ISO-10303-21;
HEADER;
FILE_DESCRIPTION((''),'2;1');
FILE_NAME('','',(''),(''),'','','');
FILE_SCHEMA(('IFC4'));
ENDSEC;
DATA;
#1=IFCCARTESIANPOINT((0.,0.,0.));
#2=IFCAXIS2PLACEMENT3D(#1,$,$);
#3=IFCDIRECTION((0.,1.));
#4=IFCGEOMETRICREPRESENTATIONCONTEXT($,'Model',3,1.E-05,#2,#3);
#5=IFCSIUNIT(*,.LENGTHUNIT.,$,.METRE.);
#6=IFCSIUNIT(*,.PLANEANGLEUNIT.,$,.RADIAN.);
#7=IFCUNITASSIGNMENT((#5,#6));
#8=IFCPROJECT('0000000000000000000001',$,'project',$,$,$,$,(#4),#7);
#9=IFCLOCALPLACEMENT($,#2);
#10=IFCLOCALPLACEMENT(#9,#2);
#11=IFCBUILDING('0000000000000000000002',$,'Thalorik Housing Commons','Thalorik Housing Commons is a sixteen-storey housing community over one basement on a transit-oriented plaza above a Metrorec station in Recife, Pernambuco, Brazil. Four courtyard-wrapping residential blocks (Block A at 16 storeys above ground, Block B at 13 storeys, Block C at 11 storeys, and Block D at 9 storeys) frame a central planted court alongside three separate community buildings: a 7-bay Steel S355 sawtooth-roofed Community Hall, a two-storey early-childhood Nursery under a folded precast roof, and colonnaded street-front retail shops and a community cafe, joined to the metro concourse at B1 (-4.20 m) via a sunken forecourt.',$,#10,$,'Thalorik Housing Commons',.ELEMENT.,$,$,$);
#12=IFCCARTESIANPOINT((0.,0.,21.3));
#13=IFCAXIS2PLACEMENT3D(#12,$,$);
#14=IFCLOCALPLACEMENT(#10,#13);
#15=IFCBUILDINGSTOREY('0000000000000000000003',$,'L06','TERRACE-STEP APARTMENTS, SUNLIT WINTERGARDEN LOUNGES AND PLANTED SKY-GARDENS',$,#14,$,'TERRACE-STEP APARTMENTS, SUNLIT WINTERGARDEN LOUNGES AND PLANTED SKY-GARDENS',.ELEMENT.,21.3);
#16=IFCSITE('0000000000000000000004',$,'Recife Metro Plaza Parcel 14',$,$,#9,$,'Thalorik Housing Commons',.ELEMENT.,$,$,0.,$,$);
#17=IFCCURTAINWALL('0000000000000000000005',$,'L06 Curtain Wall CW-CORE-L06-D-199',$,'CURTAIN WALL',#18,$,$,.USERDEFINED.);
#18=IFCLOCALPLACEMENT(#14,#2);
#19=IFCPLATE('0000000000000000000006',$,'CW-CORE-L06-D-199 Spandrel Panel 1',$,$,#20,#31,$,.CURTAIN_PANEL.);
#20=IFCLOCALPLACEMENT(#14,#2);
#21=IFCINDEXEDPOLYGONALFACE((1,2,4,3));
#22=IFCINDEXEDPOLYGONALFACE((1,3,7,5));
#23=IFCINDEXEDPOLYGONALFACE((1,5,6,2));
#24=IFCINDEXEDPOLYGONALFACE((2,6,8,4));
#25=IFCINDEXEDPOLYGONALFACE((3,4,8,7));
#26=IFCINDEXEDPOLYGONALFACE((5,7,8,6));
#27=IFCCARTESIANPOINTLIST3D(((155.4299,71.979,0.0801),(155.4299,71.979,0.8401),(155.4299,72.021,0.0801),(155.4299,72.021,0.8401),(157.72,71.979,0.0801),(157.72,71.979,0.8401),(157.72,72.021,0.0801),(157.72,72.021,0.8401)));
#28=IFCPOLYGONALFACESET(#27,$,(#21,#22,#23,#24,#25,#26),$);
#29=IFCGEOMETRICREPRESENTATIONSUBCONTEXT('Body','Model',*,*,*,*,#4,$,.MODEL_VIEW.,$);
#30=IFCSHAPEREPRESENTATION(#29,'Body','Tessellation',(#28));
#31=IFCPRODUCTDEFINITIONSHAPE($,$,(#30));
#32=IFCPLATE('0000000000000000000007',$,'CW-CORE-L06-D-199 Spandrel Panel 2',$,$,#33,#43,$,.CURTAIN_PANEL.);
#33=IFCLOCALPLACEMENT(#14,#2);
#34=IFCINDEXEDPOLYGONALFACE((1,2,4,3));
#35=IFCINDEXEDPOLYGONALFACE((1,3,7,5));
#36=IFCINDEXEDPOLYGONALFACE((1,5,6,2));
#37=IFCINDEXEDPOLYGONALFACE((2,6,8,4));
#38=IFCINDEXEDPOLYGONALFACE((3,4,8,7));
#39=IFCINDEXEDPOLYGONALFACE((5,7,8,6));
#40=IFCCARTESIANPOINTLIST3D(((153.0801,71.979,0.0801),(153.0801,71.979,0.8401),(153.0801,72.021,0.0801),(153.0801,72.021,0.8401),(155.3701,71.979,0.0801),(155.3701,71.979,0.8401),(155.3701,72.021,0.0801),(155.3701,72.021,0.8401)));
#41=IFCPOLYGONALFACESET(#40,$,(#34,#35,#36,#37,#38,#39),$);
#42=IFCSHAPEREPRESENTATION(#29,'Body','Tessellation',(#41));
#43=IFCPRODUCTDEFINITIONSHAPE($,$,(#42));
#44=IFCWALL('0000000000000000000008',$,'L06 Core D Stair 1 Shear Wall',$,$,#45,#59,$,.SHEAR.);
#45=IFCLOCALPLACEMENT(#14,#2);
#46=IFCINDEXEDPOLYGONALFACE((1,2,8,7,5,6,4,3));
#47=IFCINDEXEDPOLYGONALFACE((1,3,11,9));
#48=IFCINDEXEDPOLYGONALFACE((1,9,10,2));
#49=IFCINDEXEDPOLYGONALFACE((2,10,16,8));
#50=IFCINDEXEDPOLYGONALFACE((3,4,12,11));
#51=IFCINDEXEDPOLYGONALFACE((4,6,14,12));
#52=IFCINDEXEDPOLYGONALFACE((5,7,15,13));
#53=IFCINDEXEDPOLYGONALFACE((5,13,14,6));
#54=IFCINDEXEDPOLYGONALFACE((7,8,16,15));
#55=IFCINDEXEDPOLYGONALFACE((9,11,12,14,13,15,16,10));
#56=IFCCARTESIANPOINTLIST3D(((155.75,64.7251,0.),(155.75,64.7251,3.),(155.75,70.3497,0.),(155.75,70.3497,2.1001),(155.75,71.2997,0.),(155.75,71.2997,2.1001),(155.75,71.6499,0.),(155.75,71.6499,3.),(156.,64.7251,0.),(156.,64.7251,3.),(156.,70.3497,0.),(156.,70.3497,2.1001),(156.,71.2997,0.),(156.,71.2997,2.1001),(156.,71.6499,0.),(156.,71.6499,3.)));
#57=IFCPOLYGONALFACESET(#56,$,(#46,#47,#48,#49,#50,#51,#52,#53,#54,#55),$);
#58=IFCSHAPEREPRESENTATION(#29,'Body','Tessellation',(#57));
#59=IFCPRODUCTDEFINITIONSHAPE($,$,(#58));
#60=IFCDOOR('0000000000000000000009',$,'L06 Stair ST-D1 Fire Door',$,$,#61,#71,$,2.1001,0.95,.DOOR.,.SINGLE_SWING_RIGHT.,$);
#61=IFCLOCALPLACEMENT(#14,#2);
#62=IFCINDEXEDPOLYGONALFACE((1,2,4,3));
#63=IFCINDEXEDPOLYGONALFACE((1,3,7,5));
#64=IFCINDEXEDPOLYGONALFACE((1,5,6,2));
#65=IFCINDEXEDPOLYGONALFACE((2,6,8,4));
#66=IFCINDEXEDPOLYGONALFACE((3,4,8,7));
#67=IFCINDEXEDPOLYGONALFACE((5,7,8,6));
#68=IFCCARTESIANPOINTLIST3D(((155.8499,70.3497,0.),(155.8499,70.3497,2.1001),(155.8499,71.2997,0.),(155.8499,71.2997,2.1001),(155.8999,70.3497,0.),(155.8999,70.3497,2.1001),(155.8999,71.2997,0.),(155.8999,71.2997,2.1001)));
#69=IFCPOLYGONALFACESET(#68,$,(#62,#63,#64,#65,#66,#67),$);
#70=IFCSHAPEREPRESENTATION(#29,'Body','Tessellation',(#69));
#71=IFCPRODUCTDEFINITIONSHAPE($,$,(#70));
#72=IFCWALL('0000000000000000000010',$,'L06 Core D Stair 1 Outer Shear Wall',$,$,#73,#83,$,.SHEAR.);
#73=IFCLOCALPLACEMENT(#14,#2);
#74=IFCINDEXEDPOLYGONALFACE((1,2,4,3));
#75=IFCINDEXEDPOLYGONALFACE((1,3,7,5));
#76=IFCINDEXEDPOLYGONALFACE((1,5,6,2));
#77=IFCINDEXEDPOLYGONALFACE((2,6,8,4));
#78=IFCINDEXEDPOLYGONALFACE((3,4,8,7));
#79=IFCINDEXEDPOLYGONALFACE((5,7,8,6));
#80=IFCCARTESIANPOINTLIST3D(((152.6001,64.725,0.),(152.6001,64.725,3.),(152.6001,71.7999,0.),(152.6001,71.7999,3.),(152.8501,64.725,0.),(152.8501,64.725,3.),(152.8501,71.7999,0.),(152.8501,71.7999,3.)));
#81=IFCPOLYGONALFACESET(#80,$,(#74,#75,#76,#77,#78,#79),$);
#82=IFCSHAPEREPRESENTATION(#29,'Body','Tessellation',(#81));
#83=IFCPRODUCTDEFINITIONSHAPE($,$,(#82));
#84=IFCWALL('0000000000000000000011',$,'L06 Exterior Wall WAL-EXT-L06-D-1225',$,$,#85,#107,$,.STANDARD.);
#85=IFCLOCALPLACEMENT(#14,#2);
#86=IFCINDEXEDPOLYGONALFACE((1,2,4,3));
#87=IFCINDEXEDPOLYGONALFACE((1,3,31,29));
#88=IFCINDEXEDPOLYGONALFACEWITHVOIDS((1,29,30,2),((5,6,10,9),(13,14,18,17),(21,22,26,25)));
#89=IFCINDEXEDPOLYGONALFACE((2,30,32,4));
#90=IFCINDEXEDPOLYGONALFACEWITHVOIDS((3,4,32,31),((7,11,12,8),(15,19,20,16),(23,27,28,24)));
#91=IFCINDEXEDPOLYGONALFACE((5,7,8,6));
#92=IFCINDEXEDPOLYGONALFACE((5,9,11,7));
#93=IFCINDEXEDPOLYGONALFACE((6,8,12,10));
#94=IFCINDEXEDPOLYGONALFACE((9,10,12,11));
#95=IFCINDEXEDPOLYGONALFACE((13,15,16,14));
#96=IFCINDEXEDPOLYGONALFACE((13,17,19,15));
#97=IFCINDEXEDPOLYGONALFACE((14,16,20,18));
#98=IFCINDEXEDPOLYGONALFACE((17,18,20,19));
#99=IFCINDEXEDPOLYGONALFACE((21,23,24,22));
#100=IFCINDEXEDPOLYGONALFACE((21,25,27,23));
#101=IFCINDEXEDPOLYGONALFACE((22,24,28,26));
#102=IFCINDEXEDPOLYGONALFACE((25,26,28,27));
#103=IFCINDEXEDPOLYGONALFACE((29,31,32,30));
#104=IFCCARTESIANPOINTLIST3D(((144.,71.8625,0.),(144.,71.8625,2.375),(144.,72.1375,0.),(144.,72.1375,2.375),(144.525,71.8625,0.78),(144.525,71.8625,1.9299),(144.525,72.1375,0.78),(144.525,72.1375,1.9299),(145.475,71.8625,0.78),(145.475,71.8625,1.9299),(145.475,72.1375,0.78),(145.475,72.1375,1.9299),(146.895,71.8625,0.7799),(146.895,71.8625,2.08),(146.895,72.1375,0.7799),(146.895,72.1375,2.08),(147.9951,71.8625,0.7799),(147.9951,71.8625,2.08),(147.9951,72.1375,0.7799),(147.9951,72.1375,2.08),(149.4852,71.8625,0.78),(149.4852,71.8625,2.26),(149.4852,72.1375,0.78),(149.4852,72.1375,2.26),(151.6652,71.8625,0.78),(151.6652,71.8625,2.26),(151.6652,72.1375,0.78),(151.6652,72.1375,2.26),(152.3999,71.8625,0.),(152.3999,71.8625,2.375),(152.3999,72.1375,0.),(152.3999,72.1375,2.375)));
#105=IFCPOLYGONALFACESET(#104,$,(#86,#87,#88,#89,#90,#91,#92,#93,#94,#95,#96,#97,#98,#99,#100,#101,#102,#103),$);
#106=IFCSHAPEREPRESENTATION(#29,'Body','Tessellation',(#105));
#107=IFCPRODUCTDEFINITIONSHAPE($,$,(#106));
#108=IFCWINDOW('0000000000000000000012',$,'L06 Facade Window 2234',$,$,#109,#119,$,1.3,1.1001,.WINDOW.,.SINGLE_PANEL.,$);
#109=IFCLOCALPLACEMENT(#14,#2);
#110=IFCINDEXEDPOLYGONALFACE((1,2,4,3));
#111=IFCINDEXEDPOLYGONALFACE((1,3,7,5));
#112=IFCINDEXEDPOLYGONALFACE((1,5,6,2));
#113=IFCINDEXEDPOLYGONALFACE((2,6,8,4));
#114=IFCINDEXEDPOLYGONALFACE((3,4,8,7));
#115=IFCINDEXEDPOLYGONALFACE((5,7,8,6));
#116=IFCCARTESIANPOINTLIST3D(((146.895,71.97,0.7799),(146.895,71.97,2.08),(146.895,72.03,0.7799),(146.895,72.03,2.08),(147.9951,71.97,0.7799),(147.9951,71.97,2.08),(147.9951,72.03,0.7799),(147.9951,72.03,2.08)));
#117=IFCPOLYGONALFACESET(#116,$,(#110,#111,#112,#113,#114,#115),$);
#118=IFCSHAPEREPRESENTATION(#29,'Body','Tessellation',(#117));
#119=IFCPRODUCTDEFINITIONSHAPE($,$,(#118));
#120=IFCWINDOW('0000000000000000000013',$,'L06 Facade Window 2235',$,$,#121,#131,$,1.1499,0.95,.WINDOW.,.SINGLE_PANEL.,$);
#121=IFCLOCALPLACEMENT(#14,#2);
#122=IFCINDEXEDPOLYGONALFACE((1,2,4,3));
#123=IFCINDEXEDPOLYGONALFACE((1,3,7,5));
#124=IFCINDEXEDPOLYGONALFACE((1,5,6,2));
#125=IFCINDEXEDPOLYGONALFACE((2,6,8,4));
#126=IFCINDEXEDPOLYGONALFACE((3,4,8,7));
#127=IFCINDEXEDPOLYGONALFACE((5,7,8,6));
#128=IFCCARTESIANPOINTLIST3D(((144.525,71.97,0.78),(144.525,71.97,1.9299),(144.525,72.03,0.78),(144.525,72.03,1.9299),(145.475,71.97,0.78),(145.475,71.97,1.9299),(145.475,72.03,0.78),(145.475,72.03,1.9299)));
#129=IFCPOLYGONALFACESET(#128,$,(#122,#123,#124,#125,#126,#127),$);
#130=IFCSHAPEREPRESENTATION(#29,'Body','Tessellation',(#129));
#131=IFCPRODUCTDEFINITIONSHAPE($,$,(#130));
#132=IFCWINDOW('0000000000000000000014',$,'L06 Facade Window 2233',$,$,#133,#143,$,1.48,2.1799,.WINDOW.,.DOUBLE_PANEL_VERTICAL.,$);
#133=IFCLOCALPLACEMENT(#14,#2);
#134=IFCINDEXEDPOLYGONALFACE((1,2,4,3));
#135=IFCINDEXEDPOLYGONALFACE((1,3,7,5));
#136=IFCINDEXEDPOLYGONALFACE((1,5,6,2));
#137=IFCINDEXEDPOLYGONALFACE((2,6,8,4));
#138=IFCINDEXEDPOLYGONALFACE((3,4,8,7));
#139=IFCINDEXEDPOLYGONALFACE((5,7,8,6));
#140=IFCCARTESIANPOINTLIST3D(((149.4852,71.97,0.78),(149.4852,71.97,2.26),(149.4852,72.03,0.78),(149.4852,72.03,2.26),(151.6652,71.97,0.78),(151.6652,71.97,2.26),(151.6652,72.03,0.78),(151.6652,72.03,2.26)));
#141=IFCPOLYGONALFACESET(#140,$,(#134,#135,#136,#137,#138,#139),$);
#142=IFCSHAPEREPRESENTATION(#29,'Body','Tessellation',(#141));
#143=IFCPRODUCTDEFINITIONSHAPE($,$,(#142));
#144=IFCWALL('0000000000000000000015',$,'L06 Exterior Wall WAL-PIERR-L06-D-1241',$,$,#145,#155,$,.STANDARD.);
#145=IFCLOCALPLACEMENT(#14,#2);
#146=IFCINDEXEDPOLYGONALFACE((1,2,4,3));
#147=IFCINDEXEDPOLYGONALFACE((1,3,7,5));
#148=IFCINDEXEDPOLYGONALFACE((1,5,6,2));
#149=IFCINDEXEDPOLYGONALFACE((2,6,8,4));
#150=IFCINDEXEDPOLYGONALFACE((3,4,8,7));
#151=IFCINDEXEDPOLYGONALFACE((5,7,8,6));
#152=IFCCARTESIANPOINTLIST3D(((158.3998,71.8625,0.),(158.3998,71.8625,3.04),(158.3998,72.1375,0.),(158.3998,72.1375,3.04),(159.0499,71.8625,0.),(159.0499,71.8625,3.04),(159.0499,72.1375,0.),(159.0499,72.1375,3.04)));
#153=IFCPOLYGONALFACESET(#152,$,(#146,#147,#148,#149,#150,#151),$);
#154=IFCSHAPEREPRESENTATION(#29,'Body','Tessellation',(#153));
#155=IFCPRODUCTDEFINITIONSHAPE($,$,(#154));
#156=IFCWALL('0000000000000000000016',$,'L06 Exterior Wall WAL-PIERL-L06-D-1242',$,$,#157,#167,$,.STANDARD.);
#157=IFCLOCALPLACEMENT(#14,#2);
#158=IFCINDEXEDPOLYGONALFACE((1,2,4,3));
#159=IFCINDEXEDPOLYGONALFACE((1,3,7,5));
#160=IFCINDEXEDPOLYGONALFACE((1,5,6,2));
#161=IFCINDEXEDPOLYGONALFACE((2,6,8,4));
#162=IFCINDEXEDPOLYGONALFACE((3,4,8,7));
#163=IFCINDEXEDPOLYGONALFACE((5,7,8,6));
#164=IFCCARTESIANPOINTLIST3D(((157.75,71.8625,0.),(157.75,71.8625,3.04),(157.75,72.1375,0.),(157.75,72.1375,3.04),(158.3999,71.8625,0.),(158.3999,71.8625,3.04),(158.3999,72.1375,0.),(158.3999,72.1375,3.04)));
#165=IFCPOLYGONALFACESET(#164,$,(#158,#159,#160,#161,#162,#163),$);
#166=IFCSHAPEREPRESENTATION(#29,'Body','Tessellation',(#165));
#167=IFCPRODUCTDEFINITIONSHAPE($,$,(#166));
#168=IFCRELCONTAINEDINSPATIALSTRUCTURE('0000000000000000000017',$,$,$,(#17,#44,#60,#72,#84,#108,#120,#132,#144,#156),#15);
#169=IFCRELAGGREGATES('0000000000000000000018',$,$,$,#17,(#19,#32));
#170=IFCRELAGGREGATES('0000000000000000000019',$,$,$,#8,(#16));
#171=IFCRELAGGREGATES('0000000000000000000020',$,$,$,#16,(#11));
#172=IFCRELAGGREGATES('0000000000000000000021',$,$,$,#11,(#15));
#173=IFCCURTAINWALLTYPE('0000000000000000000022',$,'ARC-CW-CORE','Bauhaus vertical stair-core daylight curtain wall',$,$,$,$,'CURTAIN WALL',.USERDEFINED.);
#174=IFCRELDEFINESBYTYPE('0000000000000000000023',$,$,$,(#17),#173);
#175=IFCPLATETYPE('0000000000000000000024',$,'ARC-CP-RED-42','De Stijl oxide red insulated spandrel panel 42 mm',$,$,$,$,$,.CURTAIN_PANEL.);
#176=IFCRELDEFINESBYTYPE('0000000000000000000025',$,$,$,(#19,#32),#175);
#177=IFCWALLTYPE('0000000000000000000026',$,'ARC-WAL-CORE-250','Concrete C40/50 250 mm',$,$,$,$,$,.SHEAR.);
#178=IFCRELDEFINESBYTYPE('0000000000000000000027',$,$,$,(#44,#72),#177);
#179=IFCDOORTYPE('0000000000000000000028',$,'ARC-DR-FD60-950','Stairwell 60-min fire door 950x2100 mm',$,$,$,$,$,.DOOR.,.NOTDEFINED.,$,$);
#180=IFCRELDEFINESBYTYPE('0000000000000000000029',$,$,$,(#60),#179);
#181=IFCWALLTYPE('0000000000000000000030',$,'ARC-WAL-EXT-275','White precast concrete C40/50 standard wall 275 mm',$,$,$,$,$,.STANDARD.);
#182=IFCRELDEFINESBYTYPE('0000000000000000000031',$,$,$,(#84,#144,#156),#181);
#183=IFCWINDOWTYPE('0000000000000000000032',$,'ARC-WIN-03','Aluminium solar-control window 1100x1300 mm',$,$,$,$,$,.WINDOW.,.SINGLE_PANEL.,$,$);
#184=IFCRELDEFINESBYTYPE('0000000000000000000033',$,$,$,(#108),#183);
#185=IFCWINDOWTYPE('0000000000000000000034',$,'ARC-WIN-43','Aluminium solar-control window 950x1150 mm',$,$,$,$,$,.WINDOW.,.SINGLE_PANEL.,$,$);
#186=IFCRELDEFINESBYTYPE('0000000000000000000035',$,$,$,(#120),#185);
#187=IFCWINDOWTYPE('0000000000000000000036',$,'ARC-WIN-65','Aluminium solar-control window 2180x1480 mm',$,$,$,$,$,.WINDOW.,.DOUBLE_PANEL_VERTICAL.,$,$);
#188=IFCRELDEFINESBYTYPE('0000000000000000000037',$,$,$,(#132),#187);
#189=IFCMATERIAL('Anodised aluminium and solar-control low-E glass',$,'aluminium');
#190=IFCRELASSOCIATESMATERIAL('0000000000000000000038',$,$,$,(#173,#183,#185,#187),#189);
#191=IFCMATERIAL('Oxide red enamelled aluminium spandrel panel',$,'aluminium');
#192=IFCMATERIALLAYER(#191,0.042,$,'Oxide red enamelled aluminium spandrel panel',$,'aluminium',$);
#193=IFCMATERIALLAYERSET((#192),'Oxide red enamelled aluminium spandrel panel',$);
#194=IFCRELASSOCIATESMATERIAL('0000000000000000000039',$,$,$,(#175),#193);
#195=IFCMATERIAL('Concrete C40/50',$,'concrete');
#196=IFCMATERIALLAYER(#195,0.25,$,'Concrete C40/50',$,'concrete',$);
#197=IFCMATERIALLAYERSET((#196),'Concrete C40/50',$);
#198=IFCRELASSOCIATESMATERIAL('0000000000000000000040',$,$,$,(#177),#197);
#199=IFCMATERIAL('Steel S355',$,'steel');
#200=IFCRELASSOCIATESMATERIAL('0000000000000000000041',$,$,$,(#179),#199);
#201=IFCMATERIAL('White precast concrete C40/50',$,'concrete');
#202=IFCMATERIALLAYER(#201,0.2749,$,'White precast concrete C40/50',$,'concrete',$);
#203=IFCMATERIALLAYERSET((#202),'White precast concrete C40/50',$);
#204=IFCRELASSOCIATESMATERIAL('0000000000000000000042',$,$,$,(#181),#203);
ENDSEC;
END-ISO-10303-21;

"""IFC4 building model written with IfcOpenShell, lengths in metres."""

from ifc_helpers import new_model, si_unit, direction, frame, frame_2d, origin, origin_2d, place, context, subcontext, project, spatial, rectangle, extrude, material, layer, layer_set, type_object, element, fill, aggregate, save


model = new_model("IFC4")

# Units and contexts
model_context = context("Model", 3, precision=1e-05, world=origin(), true_north=direction((0.0, 1.0)))
body_context = subcontext(model_context, "Body", "Model", "MODEL_VIEW")
ifc_project = project(units=[si_unit("LENGTHUNIT", "METRE"), si_unit("PLANEANGLEUNIT", "RADIAN")], contexts=[model_context])

# Site, building, storey
site_placement = place(None, origin())
site = spatial("IfcSite", under=ifc_project, at=site_placement, Name="Recife Metro Plaza Parcel 14", LongName="Thalorik Housing Commons", CompositionType="ELEMENT", RefElevation=0.0)
building_placement = place(site_placement, origin())
building = spatial("IfcBuilding", under=site, at=building_placement, Name="Thalorik Housing Commons", Description="Thalorik Housing Commons is a sixteen-storey housing community over one basement on a transit-oriented plaza above a Metrorec station in Recife, Pernambuco, Brazil. Four courtyard-wrapping residential blocks (Block A at 16 storeys above ground, Block B at 13 storeys, Block C at 11 storeys, and Block D at 9 storeys) frame a central planted court alongside three separate community buildings: a 7-bay Steel S355 sawtooth-roofed Community Hall, a two-storey early-childhood Nursery under a folded precast roof, and colonnaded street-front retail shops and a community cafe, joined to the metro concourse at B1 (-4.20 m) via a sunken forecourt.", LongName="Thalorik Housing Commons", CompositionType="ELEMENT")
storey_placement = place(building_placement, frame((0.0, 0.0, 21.3)))
storey = spatial("IfcBuildingStorey", under=building, at=storey_placement, Name="L06", Description="TERRACE-STEP APARTMENTS, SUNLIT WINTERGARDEN LOUNGES AND PLANTED SKY-GARDENS", LongName="TERRACE-STEP APARTMENTS, SUNLIT WINTERGARDEN LOUNGES AND PLANTED SKY-GARDENS", CompositionType="ELEMENT", Elevation=21.3)

# Shared definitions
ifc_material_1 = material(Name="Anodised aluminium and solar-control low-E glass", Category="aluminium")
curtain_wall_type = type_object("IfcCurtainWallType", Name="ARC-CW-CORE", Description="Bauhaus vertical stair-core daylight curtain wall", ElementType="CURTAIN WALL", PredefinedType="USERDEFINED", material=ifc_material_1)

# Curtain wall
curtain_wall_1_placement = place(storey_placement, origin())
curtain_wall_1 = element("IfcCurtainWall", 1, at=curtain_wall_1_placement, inside=storey, type_object=curtain_wall_type, Name="L06 Curtain Wall CW-CORE-L06-D-199", ObjectType="CURTAIN WALL", PredefinedType="USERDEFINED")

# Plates
ifc_material_2 = material(Name="Oxide red enamelled aluminium spandrel panel", Category="aluminium")
ifc_layer_1 = layer(ifc_material_2, 0.042, Name="Oxide red enamelled aluminium spandrel panel", Category="aluminium")
ifc_layer_set_1 = layer_set([ifc_layer_1], Name="Oxide red enamelled aluminium spandrel panel")
plate_type_1 = type_object("IfcPlateType", Name="ARC-CP-RED-42", Description="De Stijl oxide red insulated spandrel panel 42 mm", PredefinedType="CURTAIN_PANEL", material=ifc_layer_set_1)
plate_1_placement = place(storey_placement, frame((156.575, 72.0, 0.0801), z_axis=(0.0, 0.0, 1.0), x_axis=(-1.0, 0.0, 0.0)))
plate_1 = element("IfcPlate", 2, at=plate_1_placement, type_object=plate_type_1, Name="CW-CORE-L06-D-199 Spandrel Panel 1", PredefinedType="CURTAIN_PANEL", context=body_context, shape_type="SweptSolid", body=[
    extrude(rectangle(XDim=2.29, YDim=0.042, at=origin_2d()), origin(), (0.0, 0.0, 1.0), 0.76),
])
plate_2_placement = place(storey_placement, frame((154.2251, 72.0, 0.0801), z_axis=(0.0, 0.0, 1.0), x_axis=(-1.0, 0.0, 0.0)))
plate_2 = element("IfcPlate", 3, at=plate_2_placement, type_object=plate_type_1, Name="CW-CORE-L06-D-199 Spandrel Panel 2", PredefinedType="CURTAIN_PANEL", context=body_context, shape_type="SweptSolid", body=[
    extrude(rectangle(XDim=2.29, YDim=0.042, at=origin_2d()), origin(), (0.0, 0.0, 1.0), 0.76),
])
aggregate(curtain_wall_1, [plate_1, plate_2])

# Wall, opening, door
ifc_material_3 = material(Name="Concrete C40/50", Category="concrete")
ifc_layer_2 = layer(ifc_material_3, 0.25, Name="Concrete C40/50", Category="concrete")
ifc_layer_set_2 = layer_set([ifc_layer_2], Name="Concrete C40/50")
wall_type_1 = type_object("IfcWallType", Name="ARC-WAL-CORE-250", Description="Concrete C40/50 250 mm", PredefinedType="SHEAR", material=ifc_layer_set_2)
wall_1_placement = place(storey_placement, frame((155.875, 71.6499, 0.0), z_axis=(0.0, 0.0, 1.0), x_axis=(0.0, -1.0, 0.0)))
wall_1 = element("IfcWall", 4, at=wall_1_placement, inside=storey, type_object=wall_type_1, Name="L06 Core D Stair 1 Shear Wall", PredefinedType="SHEAR", context=body_context, shape_type="SweptSolid", body=[
    extrude(rectangle(XDim=6.9248, YDim=0.25, at=frame_2d((3.4624, 0.0))), origin(), (0.0, 0.0, 1.0), 3.0),
])
opening_1_placement = place(wall_1_placement, frame((0.3501, 0.0, 0.0)))
opening_1 = element("IfcOpeningElement", 5, at=opening_1_placement, cuts=wall_1, PredefinedType="OPENING", context=body_context, shape_type="SweptSolid", body=[
    extrude(rectangle(XDim=0.95, YDim=2.1001, at=frame_2d((0.4751, 1.05))), frame((0.0, 0.135, 0.0), z_axis=(0.0, -1.0, 0.0), x_axis=(1.0, 0.0, 0.0)), (0.0, 0.0, 1.0), 0.27),
])
ifc_material_4 = material(Name="Steel S355", Category="steel")
door_type = type_object("IfcDoorType", Name="ARC-DR-FD60-950", Description="Stairwell 60-min fire door 950x2100 mm", OperationType="NOTDEFINED", PredefinedType="DOOR", material=ifc_material_4)
door_placement = place(opening_1_placement, origin())
door = element("IfcDoor", 6, at=door_placement, inside=storey, type_object=door_type, Name="L06 Stair ST-D1 Fire Door", OperationType="SINGLE_SWING_RIGHT", OverallHeight=2.1001, OverallWidth=0.95, PredefinedType="DOOR", context=body_context, shape_type="SweptSolid", body=[
    extrude(rectangle(XDim=0.95, YDim=2.1001, at=frame_2d((0.4751, 1.05))), frame((0.0, 0.0249, 0.0), z_axis=(0.0, -1.0, 0.0), x_axis=(1.0, 0.0, 0.0)), (0.0, 0.0, 1.0), 0.05),
])
fill(opening_1, door)

# Wall
wall_2_placement = place(storey_placement, frame((152.7251, 71.8, 0.0), z_axis=(0.0, 0.0, 1.0), x_axis=(0.0, -1.0, 0.0)))
element("IfcWall", 7, at=wall_2_placement, inside=storey, type_object=wall_type_1, Name="L06 Core D Stair 1 Outer Shear Wall", PredefinedType="SHEAR", context=body_context, shape_type="SweptSolid", body=[
    extrude(rectangle(XDim=7.075, YDim=0.25, at=frame_2d((3.5376, 0.0))), origin(), (0.0, 0.0, 1.0), 3.0),
])

# Wall, openings, windows
ifc_material_5 = material(Name="White precast concrete C40/50", Category="concrete")
ifc_layer_3 = layer(ifc_material_5, 0.2749, Name="White precast concrete C40/50", Category="concrete")
ifc_layer_set_3 = layer_set([ifc_layer_3], Name="White precast concrete C40/50")
wall_type_2 = type_object("IfcWallType", Name="ARC-WAL-EXT-275", Description="White precast concrete C40/50 standard wall 275 mm", PredefinedType="STANDARD", material=ifc_layer_set_3)
wall_3_placement = place(storey_placement, frame((152.3999, 72.0, 0.0), z_axis=(0.0, 0.0, 1.0), x_axis=(-1.0, 0.0, 0.0)))
wall_3 = element("IfcWall", 8, at=wall_3_placement, inside=storey, type_object=wall_type_2, Name="L06 Exterior Wall WAL-EXT-L06-D-1225", PredefinedType="STANDARD", context=body_context, shape_type="SweptSolid", body=[
    extrude(rectangle(XDim=8.3999, YDim=0.2749, at=frame_2d((4.2, 0.0))), origin(), (0.0, 0.0, 1.0), 2.375),
])
opening_2_placement = place(wall_3_placement, frame((0.7349, 0.0, 0.78)))
opening_2 = element("IfcOpeningElement", 9, at=opening_2_placement, cuts=wall_3, PredefinedType="OPENING", context=body_context, shape_type="SweptSolid", body=[
    extrude(rectangle(XDim=2.1799, YDim=1.48, at=frame_2d((1.0898, 0.74))), frame((0.0, 0.1475, 0.0), z_axis=(0.0, -1.0, 0.0), x_axis=(1.0, 0.0, 0.0)), (0.0, 0.0, 1.0), 0.2949),
])
opening_3_placement = place(wall_3_placement, frame((4.4048, 0.0, 0.78)))
opening_3 = element("IfcOpeningElement", 10, at=opening_3_placement, cuts=wall_3, PredefinedType="OPENING", context=body_context, shape_type="SweptSolid", body=[
    extrude(rectangle(XDim=1.1001, YDim=1.3, at=frame_2d((0.55, 0.6499))), frame((0.0, 0.1475, 0.0), z_axis=(0.0, -1.0, 0.0), x_axis=(1.0, 0.0, 0.0)), (0.0, 0.0, 1.0), 0.2949),
])
opening_4_placement = place(wall_3_placement, frame((6.9248, 0.0, 0.78)))
opening_4 = element("IfcOpeningElement", 11, at=opening_4_placement, cuts=wall_3, PredefinedType="OPENING", context=body_context, shape_type="SweptSolid", body=[
    extrude(rectangle(XDim=0.95, YDim=1.1499, at=frame_2d((0.4751, 0.575))), frame((0.0, 0.1475, 0.0), z_axis=(0.0, -1.0, 0.0), x_axis=(1.0, 0.0, 0.0)), (0.0, 0.0, 1.0), 0.2949),
])
window_type_1 = type_object("IfcWindowType", Name="ARC-WIN-03", Description="Aluminium solar-control window 1100x1300 mm", PartitioningType="SINGLE_PANEL", PredefinedType="WINDOW", material=ifc_material_1)
window_1_placement = place(opening_3_placement, origin())
window_1 = element("IfcWindow", 12, at=window_1_placement, inside=storey, type_object=window_type_1, Name="L06 Facade Window 2234", OverallHeight=1.3, OverallWidth=1.1001, PartitioningType="SINGLE_PANEL", PredefinedType="WINDOW", context=body_context, shape_type="SweptSolid", body=[
    extrude(rectangle(XDim=1.1001, YDim=1.3, at=frame_2d((0.55, 0.6499))), frame((0.0, 0.03, 0.0), z_axis=(0.0, -1.0, 0.0), x_axis=(1.0, 0.0, 0.0)), (0.0, 0.0, 1.0), 0.0601),
])
fill(opening_3, window_1)
window_type_2 = type_object("IfcWindowType", Name="ARC-WIN-43", Description="Aluminium solar-control window 950x1150 mm", PartitioningType="SINGLE_PANEL", PredefinedType="WINDOW", material=ifc_material_1)
window_2_placement = place(opening_4_placement, origin())
window_2 = element("IfcWindow", 13, at=window_2_placement, inside=storey, type_object=window_type_2, Name="L06 Facade Window 2235", OverallHeight=1.1499, OverallWidth=0.95, PartitioningType="SINGLE_PANEL", PredefinedType="WINDOW", context=body_context, shape_type="SweptSolid", body=[
    extrude(rectangle(XDim=0.95, YDim=1.1499, at=frame_2d((0.4751, 0.575))), frame((0.0, 0.03, 0.0), z_axis=(0.0, -1.0, 0.0), x_axis=(1.0, 0.0, 0.0)), (0.0, 0.0, 1.0), 0.0601),
])
fill(opening_4, window_2)
window_type_3 = type_object("IfcWindowType", Name="ARC-WIN-65", Description="Aluminium solar-control window 2180x1480 mm", PartitioningType="DOUBLE_PANEL_VERTICAL", PredefinedType="WINDOW", material=ifc_material_1)
window_3_placement = place(opening_2_placement, origin())
window_3 = element("IfcWindow", 14, at=window_3_placement, inside=storey, type_object=window_type_3, Name="L06 Facade Window 2233", OverallHeight=1.48, OverallWidth=2.1799, PartitioningType="DOUBLE_PANEL_VERTICAL", PredefinedType="WINDOW", context=body_context, shape_type="SweptSolid", body=[
    extrude(rectangle(XDim=2.1799, YDim=1.48, at=frame_2d((1.0898, 0.74))), frame((0.0, 0.03, 0.0), z_axis=(0.0, -1.0, 0.0), x_axis=(1.0, 0.0, 0.0)), (0.0, 0.0, 1.0), 0.0601),
])
fill(opening_2, window_3)

# Walls
wall_4_placement = place(storey_placement, frame((159.05, 72.0, 0.0), z_axis=(0.0, 0.0, 1.0), x_axis=(-1.0, 0.0, 0.0)))
element("IfcWall", 15, at=wall_4_placement, inside=storey, type_object=wall_type_2, Name="L06 Exterior Wall WAL-PIERR-L06-D-1241", PredefinedType="STANDARD", context=body_context, shape_type="SweptSolid", body=[
    extrude(rectangle(XDim=0.6501, YDim=0.2749, at=frame_2d((0.3252, 0.0))), origin(), (0.0, 0.0, 1.0), 3.04),
])
wall_5_placement = place(storey_placement, frame((158.3999, 72.0, 0.0), z_axis=(0.0, 0.0, 1.0), x_axis=(-1.0, 0.0, 0.0)))
element("IfcWall", 16, at=wall_5_placement, inside=storey, type_object=wall_type_2, Name="L06 Exterior Wall WAL-PIERL-L06-D-1242", PredefinedType="STANDARD", context=body_context, shape_type="SweptSolid", body=[
    extrude(rectangle(XDim=0.6499, YDim=0.2749, at=frame_2d((0.325, 0.0))), origin(), (0.0, 0.0, 1.0), 3.04),
])

save(model, "model.ifc")
